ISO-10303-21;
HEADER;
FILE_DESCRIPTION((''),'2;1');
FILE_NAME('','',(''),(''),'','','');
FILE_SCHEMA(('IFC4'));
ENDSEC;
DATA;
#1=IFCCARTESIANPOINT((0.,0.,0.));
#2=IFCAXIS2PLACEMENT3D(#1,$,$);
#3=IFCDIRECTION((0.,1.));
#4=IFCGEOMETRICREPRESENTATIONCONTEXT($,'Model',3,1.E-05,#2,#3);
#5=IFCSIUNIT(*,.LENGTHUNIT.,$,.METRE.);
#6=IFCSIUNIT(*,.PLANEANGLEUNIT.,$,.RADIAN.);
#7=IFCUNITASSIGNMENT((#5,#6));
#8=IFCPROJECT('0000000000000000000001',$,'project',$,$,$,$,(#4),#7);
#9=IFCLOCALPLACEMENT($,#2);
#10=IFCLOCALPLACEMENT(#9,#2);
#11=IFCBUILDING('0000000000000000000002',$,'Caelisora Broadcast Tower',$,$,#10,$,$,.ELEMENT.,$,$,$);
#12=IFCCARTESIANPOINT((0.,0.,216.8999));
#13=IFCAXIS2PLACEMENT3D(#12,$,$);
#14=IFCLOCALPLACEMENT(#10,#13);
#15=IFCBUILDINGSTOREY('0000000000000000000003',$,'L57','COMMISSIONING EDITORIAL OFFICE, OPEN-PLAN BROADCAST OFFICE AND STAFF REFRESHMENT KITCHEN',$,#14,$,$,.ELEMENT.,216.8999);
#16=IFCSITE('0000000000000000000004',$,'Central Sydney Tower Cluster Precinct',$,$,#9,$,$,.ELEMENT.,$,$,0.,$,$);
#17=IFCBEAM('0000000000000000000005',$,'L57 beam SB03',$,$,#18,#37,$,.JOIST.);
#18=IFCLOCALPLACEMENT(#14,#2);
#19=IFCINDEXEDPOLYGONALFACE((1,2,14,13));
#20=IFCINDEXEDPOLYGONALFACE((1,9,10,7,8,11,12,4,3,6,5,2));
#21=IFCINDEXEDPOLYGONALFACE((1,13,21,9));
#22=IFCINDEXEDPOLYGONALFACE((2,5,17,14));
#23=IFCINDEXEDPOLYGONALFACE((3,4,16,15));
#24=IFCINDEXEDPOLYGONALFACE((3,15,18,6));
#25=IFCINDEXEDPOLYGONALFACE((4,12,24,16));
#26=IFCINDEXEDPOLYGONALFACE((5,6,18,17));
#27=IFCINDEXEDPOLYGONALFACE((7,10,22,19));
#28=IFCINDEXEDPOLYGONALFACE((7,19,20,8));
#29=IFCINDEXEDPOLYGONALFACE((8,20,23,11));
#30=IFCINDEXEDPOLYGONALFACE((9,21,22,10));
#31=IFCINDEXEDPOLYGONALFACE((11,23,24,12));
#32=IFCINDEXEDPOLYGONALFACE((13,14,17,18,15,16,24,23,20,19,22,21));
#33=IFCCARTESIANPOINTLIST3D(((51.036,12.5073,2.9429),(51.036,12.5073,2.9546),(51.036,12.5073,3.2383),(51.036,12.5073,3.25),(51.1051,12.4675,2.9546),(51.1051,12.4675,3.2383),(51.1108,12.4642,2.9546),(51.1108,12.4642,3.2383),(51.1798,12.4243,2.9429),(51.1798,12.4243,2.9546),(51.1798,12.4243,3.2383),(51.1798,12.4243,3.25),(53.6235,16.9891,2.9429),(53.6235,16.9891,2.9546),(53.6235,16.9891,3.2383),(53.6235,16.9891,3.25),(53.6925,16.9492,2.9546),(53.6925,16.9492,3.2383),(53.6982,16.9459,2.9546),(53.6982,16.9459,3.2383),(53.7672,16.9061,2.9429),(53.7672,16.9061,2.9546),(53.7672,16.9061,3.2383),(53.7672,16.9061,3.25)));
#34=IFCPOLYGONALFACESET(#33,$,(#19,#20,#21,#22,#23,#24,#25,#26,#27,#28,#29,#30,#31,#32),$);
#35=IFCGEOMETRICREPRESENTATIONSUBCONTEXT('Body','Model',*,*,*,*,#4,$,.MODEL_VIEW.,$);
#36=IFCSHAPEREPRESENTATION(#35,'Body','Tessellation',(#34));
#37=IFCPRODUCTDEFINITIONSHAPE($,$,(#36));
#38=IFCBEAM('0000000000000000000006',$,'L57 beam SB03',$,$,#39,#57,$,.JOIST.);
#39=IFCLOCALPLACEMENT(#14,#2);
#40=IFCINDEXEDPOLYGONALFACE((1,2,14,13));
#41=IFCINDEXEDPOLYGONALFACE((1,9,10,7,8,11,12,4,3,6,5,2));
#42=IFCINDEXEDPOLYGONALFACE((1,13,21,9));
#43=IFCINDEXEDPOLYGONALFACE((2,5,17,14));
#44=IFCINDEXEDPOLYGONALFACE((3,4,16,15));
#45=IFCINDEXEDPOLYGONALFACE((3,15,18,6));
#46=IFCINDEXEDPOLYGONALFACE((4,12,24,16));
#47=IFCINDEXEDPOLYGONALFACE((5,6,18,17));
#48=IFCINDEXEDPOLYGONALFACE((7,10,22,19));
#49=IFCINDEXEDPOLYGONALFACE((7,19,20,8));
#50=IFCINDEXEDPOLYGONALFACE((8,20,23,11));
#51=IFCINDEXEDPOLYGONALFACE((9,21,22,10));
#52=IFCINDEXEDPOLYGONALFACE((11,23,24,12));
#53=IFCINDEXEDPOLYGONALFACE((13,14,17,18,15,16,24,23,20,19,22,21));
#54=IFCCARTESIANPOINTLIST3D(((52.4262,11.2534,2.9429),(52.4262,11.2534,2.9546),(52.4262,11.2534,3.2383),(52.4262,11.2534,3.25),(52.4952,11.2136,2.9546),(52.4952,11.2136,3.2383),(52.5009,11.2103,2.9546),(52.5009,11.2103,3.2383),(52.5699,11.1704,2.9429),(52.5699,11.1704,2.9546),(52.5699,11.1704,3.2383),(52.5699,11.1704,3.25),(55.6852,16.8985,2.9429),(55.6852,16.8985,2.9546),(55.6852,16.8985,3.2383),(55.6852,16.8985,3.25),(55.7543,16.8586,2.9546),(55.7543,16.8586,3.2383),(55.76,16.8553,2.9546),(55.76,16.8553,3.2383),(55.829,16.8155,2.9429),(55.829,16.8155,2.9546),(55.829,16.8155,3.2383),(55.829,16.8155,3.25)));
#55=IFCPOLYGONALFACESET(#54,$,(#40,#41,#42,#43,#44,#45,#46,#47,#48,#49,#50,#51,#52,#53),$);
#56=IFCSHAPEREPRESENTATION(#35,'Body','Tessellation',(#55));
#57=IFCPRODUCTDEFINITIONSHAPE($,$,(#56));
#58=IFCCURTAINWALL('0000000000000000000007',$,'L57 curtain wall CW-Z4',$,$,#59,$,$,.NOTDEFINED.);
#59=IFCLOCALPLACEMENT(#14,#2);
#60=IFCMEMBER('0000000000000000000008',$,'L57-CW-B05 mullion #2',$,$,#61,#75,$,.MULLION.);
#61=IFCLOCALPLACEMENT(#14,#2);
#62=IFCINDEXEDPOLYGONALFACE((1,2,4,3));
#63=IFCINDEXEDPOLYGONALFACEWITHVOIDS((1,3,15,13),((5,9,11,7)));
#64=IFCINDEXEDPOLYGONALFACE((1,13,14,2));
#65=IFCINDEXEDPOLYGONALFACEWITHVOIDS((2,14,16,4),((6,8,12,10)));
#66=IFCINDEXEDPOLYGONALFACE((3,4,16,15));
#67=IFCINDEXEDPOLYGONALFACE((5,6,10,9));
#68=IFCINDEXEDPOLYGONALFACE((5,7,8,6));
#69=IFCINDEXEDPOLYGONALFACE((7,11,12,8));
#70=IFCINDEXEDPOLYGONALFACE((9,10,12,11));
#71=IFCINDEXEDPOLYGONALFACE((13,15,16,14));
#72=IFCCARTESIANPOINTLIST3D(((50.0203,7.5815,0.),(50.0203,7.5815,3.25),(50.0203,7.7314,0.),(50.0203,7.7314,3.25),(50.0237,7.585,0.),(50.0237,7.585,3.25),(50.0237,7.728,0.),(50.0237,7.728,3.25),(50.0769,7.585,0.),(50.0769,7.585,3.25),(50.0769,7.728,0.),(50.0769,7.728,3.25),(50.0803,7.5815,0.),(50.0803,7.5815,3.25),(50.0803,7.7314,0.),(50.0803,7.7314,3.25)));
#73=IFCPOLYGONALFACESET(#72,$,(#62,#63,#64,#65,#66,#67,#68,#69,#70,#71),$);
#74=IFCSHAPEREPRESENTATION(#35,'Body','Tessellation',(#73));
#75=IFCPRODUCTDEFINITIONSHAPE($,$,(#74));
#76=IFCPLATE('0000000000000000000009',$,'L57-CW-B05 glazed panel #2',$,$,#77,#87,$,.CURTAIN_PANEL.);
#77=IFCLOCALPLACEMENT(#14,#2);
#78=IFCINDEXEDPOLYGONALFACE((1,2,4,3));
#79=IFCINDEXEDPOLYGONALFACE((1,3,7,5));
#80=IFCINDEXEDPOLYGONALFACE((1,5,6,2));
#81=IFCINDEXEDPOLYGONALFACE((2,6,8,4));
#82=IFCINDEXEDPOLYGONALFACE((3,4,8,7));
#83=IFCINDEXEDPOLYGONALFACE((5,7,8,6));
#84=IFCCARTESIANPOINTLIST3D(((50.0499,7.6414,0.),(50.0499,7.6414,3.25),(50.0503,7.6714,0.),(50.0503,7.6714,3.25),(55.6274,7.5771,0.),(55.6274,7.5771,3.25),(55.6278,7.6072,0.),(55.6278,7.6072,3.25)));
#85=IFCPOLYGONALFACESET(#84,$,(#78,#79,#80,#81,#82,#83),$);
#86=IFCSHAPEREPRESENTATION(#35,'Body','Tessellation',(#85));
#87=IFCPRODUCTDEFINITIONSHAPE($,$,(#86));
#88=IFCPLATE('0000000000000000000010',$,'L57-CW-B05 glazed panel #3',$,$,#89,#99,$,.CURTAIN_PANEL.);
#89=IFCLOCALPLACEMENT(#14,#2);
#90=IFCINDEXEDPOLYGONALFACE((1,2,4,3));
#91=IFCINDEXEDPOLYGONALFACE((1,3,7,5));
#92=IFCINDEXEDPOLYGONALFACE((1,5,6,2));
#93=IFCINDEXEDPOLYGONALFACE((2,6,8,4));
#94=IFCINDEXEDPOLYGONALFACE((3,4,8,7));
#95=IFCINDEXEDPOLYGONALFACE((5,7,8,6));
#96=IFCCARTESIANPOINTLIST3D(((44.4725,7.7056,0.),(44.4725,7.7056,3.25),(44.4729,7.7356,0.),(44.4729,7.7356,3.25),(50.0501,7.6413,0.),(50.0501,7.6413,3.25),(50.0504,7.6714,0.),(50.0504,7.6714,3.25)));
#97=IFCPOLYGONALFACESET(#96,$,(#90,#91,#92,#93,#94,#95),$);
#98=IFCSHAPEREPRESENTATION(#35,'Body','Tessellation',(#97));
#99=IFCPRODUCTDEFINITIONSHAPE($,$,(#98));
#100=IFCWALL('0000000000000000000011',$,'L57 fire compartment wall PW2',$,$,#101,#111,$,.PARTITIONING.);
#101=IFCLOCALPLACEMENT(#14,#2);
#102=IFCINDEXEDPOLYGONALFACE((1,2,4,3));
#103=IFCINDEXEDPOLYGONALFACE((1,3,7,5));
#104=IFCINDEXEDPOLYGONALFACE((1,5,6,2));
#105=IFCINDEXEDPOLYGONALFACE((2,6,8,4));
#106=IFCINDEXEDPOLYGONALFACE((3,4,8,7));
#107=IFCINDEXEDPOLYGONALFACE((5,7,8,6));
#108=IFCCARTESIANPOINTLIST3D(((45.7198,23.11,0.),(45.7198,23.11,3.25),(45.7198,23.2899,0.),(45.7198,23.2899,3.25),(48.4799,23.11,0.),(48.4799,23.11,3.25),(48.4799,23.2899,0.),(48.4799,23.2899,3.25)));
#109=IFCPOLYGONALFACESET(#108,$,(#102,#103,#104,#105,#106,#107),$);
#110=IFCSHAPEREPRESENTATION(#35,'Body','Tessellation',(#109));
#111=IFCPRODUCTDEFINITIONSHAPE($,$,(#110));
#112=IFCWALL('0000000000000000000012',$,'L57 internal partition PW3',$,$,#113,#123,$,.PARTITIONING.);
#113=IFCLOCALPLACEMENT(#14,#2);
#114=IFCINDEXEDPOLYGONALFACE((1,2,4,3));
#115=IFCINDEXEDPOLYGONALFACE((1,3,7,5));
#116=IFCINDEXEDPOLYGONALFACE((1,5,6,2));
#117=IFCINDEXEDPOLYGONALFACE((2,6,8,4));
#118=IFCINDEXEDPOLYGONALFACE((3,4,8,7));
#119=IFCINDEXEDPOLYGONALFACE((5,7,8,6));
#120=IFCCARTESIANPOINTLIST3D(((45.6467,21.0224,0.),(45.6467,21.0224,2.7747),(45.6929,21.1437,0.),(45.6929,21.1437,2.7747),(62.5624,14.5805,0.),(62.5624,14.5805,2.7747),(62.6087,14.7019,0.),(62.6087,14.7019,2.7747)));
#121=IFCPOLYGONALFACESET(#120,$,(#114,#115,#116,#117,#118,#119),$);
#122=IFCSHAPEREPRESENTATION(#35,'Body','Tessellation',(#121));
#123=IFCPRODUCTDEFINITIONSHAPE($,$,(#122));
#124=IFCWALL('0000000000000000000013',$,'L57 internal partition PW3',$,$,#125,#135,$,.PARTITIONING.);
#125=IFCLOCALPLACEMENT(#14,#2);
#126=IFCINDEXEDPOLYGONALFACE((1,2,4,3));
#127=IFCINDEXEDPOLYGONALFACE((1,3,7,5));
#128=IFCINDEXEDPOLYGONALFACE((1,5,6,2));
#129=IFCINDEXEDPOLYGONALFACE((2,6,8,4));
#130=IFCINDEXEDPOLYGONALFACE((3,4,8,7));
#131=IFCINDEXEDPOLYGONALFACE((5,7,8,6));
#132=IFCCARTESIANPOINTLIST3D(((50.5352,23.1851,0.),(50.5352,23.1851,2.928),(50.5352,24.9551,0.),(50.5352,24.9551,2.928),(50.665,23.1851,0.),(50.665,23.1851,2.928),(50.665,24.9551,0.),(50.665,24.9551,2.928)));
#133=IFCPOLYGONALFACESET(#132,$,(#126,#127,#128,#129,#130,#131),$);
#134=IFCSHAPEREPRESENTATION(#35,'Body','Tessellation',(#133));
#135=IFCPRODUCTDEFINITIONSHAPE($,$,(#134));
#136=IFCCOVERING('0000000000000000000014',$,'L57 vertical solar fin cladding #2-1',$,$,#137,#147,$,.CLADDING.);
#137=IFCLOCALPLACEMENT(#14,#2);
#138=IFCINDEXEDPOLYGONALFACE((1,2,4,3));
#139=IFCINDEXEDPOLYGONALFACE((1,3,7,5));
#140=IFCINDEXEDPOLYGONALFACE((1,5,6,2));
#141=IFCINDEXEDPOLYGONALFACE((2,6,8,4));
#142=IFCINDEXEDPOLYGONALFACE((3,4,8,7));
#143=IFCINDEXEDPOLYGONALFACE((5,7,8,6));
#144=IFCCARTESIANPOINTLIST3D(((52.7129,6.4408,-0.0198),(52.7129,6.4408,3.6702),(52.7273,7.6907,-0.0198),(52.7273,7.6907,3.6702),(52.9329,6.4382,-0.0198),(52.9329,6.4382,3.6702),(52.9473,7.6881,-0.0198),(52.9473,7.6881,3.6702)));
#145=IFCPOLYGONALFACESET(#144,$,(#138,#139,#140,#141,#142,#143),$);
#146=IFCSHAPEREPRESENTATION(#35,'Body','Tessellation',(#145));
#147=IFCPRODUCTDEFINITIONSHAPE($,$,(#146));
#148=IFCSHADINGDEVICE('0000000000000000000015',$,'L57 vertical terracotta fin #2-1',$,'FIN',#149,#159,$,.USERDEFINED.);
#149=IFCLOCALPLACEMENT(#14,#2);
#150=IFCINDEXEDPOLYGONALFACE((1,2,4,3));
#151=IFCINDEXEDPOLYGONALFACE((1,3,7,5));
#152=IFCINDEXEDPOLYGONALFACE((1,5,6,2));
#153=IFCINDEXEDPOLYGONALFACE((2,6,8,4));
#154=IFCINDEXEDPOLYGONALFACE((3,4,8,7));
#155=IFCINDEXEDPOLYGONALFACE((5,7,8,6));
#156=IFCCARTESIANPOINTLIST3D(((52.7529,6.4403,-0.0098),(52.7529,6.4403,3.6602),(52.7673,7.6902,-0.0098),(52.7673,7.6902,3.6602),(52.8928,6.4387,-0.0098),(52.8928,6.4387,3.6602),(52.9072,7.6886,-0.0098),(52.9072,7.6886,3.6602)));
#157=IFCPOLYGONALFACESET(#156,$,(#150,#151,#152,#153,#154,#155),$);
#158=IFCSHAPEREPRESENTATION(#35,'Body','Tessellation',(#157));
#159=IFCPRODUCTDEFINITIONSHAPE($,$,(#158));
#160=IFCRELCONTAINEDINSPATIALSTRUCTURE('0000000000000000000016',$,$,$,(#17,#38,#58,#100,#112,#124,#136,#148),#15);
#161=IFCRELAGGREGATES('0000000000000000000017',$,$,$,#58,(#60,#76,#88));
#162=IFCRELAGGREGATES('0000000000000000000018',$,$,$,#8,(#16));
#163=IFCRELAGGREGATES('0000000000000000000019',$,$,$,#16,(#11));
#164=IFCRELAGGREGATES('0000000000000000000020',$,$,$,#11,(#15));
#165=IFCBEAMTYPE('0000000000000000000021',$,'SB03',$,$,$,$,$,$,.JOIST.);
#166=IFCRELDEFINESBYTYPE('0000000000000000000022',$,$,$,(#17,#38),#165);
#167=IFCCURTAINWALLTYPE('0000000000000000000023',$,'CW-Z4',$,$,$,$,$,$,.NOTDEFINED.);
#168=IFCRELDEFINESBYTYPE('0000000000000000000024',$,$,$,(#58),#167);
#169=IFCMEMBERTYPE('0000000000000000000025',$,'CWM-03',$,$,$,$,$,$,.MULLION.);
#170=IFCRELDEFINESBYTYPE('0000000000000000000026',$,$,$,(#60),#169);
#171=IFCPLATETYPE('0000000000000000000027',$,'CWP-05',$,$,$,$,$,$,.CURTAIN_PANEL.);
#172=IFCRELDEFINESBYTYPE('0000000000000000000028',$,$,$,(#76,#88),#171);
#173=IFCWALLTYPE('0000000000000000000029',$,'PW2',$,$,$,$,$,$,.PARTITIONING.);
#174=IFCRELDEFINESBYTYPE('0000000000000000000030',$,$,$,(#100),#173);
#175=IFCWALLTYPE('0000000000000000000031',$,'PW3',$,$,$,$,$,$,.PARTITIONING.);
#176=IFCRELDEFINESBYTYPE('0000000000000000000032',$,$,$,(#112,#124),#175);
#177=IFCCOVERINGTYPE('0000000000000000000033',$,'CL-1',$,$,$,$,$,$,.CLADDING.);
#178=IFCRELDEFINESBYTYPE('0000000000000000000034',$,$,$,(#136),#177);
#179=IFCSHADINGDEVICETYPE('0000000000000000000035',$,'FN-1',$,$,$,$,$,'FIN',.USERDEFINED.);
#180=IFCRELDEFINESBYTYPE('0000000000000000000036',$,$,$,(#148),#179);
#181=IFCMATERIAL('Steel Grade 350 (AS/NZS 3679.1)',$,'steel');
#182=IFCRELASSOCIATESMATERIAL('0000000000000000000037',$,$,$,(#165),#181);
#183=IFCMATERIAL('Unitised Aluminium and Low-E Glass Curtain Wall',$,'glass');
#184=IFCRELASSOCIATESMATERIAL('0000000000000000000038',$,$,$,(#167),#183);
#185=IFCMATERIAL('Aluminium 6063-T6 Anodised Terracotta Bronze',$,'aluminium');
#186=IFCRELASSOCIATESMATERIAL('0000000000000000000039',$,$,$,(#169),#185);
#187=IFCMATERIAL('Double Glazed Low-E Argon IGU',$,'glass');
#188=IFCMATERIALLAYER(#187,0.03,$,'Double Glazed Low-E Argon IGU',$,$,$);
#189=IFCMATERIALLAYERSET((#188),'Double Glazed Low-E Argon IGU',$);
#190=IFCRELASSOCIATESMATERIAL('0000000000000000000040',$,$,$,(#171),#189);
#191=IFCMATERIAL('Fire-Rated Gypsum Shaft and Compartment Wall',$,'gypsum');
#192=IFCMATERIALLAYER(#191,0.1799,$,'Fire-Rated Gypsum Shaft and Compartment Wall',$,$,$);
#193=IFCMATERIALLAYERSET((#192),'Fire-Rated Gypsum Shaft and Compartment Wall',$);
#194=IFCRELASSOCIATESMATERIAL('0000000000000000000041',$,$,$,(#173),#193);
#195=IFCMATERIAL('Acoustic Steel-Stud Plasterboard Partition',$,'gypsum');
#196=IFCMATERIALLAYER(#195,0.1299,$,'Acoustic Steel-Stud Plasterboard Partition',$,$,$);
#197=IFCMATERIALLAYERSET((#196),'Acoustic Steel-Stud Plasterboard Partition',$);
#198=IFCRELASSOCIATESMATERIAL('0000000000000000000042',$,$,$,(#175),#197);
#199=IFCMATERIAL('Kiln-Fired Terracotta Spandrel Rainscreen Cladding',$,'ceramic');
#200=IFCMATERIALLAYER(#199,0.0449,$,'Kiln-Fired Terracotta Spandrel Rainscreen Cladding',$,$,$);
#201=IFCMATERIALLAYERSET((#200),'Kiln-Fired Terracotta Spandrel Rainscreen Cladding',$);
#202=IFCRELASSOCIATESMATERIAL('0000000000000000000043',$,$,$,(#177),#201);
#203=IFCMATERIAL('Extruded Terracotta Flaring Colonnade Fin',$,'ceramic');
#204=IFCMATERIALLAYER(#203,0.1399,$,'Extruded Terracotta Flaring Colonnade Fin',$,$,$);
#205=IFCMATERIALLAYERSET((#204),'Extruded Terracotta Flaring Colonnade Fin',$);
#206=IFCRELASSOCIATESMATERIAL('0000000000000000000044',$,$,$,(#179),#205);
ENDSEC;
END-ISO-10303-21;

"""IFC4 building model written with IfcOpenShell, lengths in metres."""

from ifc_helpers import new_model, si_unit, direction, frame, frame_2d, origin, origin_2d, place, context, subcontext, project, spatial, rectangle, hollow_rectangle, i_section, extrude, source, transform, mapped, material, layer, layer_set, material_profile, profile_set, type_object, type_shapes, element, aggregate, save


model = new_model("IFC4")

# Units and contexts
model_context = context("Model", 3, precision=1e-05, world=origin(), true_north=direction((0.0, 1.0)))
body_context = subcontext(model_context, "Body", "Model", "MODEL_VIEW")
ifc_project = project(units=[si_unit("LENGTHUNIT", "METRE"), si_unit("PLANEANGLEUNIT", "RADIAN")], contexts=[model_context])

# Site, building, storey
site_placement = place(None, origin())
site = spatial("IfcSite", under=ifc_project, at=site_placement, Name="Central Sydney Tower Cluster Precinct", CompositionType="ELEMENT", RefElevation=0.0)
building_placement = place(site_placement, origin())
building = spatial("IfcBuilding", under=site, at=building_placement, Name="Caelisora Broadcast Tower", CompositionType="ELEMENT")
storey_placement = place(building_placement, frame((0.0, 0.0, 216.8999)))
storey = spatial("IfcBuildingStorey", under=building, at=storey_placement, Name="L57", Description="COMMISSIONING EDITORIAL OFFICE, OPEN-PLAN BROADCAST OFFICE AND STAFF REFRESHMENT KITCHEN", CompositionType="ELEMENT", Elevation=216.8999)

# Beams
ifc_material_1 = material(Name="Steel Grade 350 (AS/NZS 3679.1)", Category="steel")
ifc_material_profile_1 = material_profile(ifc_material_1, i_section(OverallWidth=0.166, OverallDepth=0.3071, WebThickness=0.0066, FlangeThickness=0.0117, at=origin_2d()), Name="Steel Grade 350 (AS/NZS 3679.1)")
ifc_profile_set_1 = profile_set([ifc_material_profile_1], Name="Steel Grade 350 (AS/NZS 3679.1)")
beam_type_1 = type_object("IfcBeamType", Name="SB03", PredefinedType="JOIST", material=ifc_profile_set_1)
shared_shape_1 = source(origin(), body_context, "Body", "SweptSolid", [
    extrude(i_section(OverallWidth=0.166, OverallDepth=0.3071, WebThickness=0.0066, FlangeThickness=0.0117, at=origin_2d()), origin(), (0.0, 0.0, 1.0), 5.175),
])
beam_1_placement = place(storey_placement, frame((51.1079, 12.4658, 3.0964), z_axis=(0.499985, 0.866034, 0.0), x_axis=(-0.866034, 0.499985, 0.0)))
element("IfcBeam", 1, at=beam_1_placement, inside=storey, type_object=beam_type_1, Name="L57 beam SB03", PredefinedType="JOIST", context=body_context, shape_type="MappedRepresentation", body=[
    mapped(shared_shape_1, transform((0.0, 0.0, 0.0), scale=1.0)),
])
shared_shape_2 = source(origin(), body_context, "Body", "SweptSolid", [
    extrude(i_section(OverallWidth=0.166, OverallDepth=0.3071, WebThickness=0.0066, FlangeThickness=0.0117, at=origin_2d()), origin(), (0.0, 0.0, 1.0), 6.5183),
])
beam_2_placement = place(storey_placement, frame((52.498, 11.2119, 3.0964), z_axis=(0.499986, 0.866033, 0.0), x_axis=(-0.866033, 0.499986, 0.0)))
element("IfcBeam", 2, at=beam_2_placement, inside=storey, type_object=beam_type_1, Name="L57 beam SB03", PredefinedType="JOIST", context=body_context, shape_type="MappedRepresentation", body=[
    mapped(shared_shape_2, transform((0.0, 0.0, 0.0), scale=1.0)),
])

# Curtain wall, member, plates
ifc_material_2 = material(Name="Unitised Aluminium and Low-E Glass Curtain Wall", Category="glass")
curtain_wall_type = type_object("IfcCurtainWallType", Name="CW-Z4", PredefinedType="NOTDEFINED", material=ifc_material_2)
curtain_wall_placement = place(storey_placement, origin())
curtain_wall = element("IfcCurtainWall", 3, at=curtain_wall_placement, inside=storey, type_object=curtain_wall_type, Name="L57 curtain wall CW-Z4", PredefinedType="NOTDEFINED")
ifc_material_3 = material(Name="Aluminium 6063-T6 Anodised Terracotta Bronze", Category="aluminium")
ifc_material_profile_2 = material_profile(ifc_material_3, hollow_rectangle(XDim=0.0601, YDim=0.1499, WallThickness=0.0034, at=origin_2d()), Name="Aluminium 6063-T6 Anodised Terracotta Bronze")
ifc_profile_set_2 = profile_set([ifc_material_profile_2], Name="Aluminium 6063-T6 Anodised Terracotta Bronze")
member_type = type_object("IfcMemberType", Name="CWM-03", PredefinedType="MULLION", material=ifc_profile_set_2)
shared_shape_3 = source(origin(), body_context, "Body", "SweptSolid", [
    extrude(hollow_rectangle(XDim=0.0601, YDim=0.1499, WallThickness=0.0034, at=origin_2d()), origin(), (0.0, 0.0, 1.0), 3.25),
])
type_shapes(member_type, [shared_shape_3])
member_placement = place(storey_placement, frame((50.0503, 7.6565, 0.0), z_axis=(0.0, 0.0, 1.0), x_axis=(1.0, 0.0, 0.0)))
member = element("IfcMember", 4, at=member_placement, type_object=member_type, Name="L57-CW-B05 mullion #2", PredefinedType="MULLION", context=body_context, shape_type="MappedRepresentation", body=[
    mapped(shared_shape_3, transform((0.0, 0.0, 0.0), scale=1.0)),
])
ifc_material_4 = material(Name="Double Glazed Low-E Argon IGU", Category="glass")
ifc_layer_1 = layer(ifc_material_4, 0.03, Name="Double Glazed Low-E Argon IGU")
ifc_layer_set_1 = layer_set([ifc_layer_1], Name="Double Glazed Low-E Argon IGU")
plate_type = type_object("IfcPlateType", Name="CWP-05", PredefinedType="CURTAIN_PANEL", material=ifc_layer_set_1)
shared_shape_4 = source(origin(), body_context, "Body", "SweptSolid", [
    extrude(rectangle(XDim=5.5779, YDim=0.03, at=origin_2d()), origin(), (0.0, 0.0, 1.0), 3.25),
])
type_shapes(plate_type, [shared_shape_4])
plate_1_placement = place(storey_placement, frame((52.8389, 7.6243, 0.0), z_axis=(0.0, 0.0, 1.0), x_axis=(-0.999934, 0.011519, 0.0)))
plate_1 = element("IfcPlate", 5, at=plate_1_placement, type_object=plate_type, Name="L57-CW-B05 glazed panel #2", PredefinedType="CURTAIN_PANEL", context=body_context, shape_type="MappedRepresentation", body=[
    mapped(shared_shape_4, transform((0.0, 0.0, 0.0), scale=1.0)),
])
plate_2_placement = place(storey_placement, frame((47.2615, 7.6885, 0.0), z_axis=(0.0, 0.0, 1.0), x_axis=(-0.999934, 0.011519, 0.0)))
plate_2 = element("IfcPlate", 6, at=plate_2_placement, type_object=plate_type, Name="L57-CW-B05 glazed panel #3", PredefinedType="CURTAIN_PANEL", context=body_context, shape_type="MappedRepresentation", body=[
    mapped(shared_shape_4, transform((0.0, 0.0, 0.0), scale=1.0)),
])
aggregate(curtain_wall, [member, plate_1, plate_2])

# Shared definitions
ifc_material_5 = material(Name="Fire-Rated Gypsum Shaft and Compartment Wall", Category="gypsum")
ifc_layer_2 = layer(ifc_material_5, 0.1799, Name="Fire-Rated Gypsum Shaft and Compartment Wall")
ifc_layer_set_2 = layer_set([ifc_layer_2], Name="Fire-Rated Gypsum Shaft and Compartment Wall")
wall_type_1 = type_object("IfcWallType", Name="PW2", PredefinedType="PARTITIONING", material=ifc_layer_set_2)

# Walls
wall_1_placement = place(storey_placement, frame((45.72, 23.2, 0.0), z_axis=(0.0, 0.0, 1.0), x_axis=(1.0, 0.0, 0.0)))
element("IfcWall", 7, at=wall_1_placement, inside=storey, type_object=wall_type_1, Name="L57 fire compartment wall PW2", PredefinedType="PARTITIONING", context=body_context, shape_type="SweptSolid", body=[
    extrude(rectangle(XDim=2.76, YDim=0.1799, at=frame_2d((1.3799, 0.0))), origin(), (0.0, 0.0, 1.0), 3.25),
])
ifc_material_6 = material(Name="Acoustic Steel-Stud Plasterboard Partition", Category="gypsum")
ifc_layer_3 = layer(ifc_material_6, 0.1299, Name="Acoustic Steel-Stud Plasterboard Partition")
ifc_layer_set_3 = layer_set([ifc_layer_3], Name="Acoustic Steel-Stud Plasterboard Partition")
wall_type_2 = type_object("IfcWallType", Name="PW3", PredefinedType="PARTITIONING", material=ifc_layer_set_3)
wall_2_placement = place(storey_placement, frame((45.6699, 21.083, 0.0), z_axis=(0.0, 0.0, 1.0), x_axis=(0.934528, -0.355889, 0.0)))
element("IfcWall", 8, at=wall_2_placement, inside=storey, type_object=wall_type_2, Name="L57 internal partition PW3", PredefinedType="PARTITIONING", context=body_context, shape_type="SweptSolid", body=[
    extrude(rectangle(XDim=18.1008, YDim=0.1299, at=frame_2d((9.0503, 0.0))), origin(), (0.0, 0.0, 1.0), 2.7747),
])

# Wall
wall_3_placement = place(storey_placement, frame((50.6001, 23.1851, 0.0), z_axis=(0.0, 0.0, 1.0), x_axis=(0.0, 1.0, 0.0)))
element("IfcWall", 9, at=wall_3_placement, inside=storey, type_object=wall_type_2, Name="L57 internal partition PW3", PredefinedType="PARTITIONING", context=body_context, shape_type="SweptSolid", body=[
    extrude(rectangle(XDim=1.77, YDim=0.1299, at=frame_2d((0.885, 0.0))), origin(), (0.0, 0.0, 1.0), 2.928),
])

# Covering
ifc_material_7 = material(Name="Kiln-Fired Terracotta Spandrel Rainscreen Cladding", Category="ceramic")
ifc_layer_4 = layer(ifc_material_7, 0.0449, Name="Kiln-Fired Terracotta Spandrel Rainscreen Cladding")
ifc_layer_set_4 = layer_set([ifc_layer_4], Name="Kiln-Fired Terracotta Spandrel Rainscreen Cladding")
covering_type = type_object("IfcCoveringType", Name="CL-1", PredefinedType="CLADDING", material=ifc_layer_set_4)
shared_shape_5 = source(origin(), body_context, "Body", "SweptSolid", [
    extrude(rectangle(XDim=0.22, YDim=1.25, at=origin_2d()), origin(), (0.0, 0.0, 1.0), 3.6899),
])
type_shapes(covering_type, [shared_shape_5])
covering_placement = place(storey_placement, frame((52.8301, 7.0645, -0.0198), z_axis=(0.0, 0.0, 1.0), x_axis=(-0.999934, 0.011519, 0.0)))
element("IfcCovering", 10, at=covering_placement, inside=storey, type_object=covering_type, Name="L57 vertical solar fin cladding #2-1", PredefinedType="CLADDING", context=body_context, shape_type="MappedRepresentation", body=[
    mapped(shared_shape_5, transform((0.0, 0.0, 0.0), scale=1.0)),
])

# Shading device
ifc_material_8 = material(Name="Extruded Terracotta Flaring Colonnade Fin", Category="ceramic")
ifc_layer_5 = layer(ifc_material_8, 0.1399, Name="Extruded Terracotta Flaring Colonnade Fin")
ifc_layer_set_5 = layer_set([ifc_layer_5], Name="Extruded Terracotta Flaring Colonnade Fin")
shading_device_type = type_object("IfcShadingDeviceType", Name="FN-1", ElementType="FIN", PredefinedType="USERDEFINED", material=ifc_layer_set_5)
shared_shape_6 = source(origin(), body_context, "Body", "SweptSolid", [
    extrude(rectangle(XDim=0.1399, YDim=1.25, at=origin_2d()), origin(), (0.0, 0.0, 1.0), 3.6699),
])
type_shapes(shading_device_type, [shared_shape_6])
shading_device_placement = place(storey_placement, frame((52.8301, 7.0645, -0.0098), z_axis=(0.0, 0.0, 1.0), x_axis=(-0.999934, 0.011519, 0.0)))
element("IfcShadingDevice", 11, at=shading_device_placement, inside=storey, type_object=shading_device_type, Name="L57 vertical terracotta fin #2-1", ObjectType="FIN", PredefinedType="USERDEFINED", context=body_context, shape_type="MappedRepresentation", body=[
    mapped(shared_shape_6, transform((0.0, 0.0, 0.0), scale=1.0)),
])

save(model, "model.ifc")
